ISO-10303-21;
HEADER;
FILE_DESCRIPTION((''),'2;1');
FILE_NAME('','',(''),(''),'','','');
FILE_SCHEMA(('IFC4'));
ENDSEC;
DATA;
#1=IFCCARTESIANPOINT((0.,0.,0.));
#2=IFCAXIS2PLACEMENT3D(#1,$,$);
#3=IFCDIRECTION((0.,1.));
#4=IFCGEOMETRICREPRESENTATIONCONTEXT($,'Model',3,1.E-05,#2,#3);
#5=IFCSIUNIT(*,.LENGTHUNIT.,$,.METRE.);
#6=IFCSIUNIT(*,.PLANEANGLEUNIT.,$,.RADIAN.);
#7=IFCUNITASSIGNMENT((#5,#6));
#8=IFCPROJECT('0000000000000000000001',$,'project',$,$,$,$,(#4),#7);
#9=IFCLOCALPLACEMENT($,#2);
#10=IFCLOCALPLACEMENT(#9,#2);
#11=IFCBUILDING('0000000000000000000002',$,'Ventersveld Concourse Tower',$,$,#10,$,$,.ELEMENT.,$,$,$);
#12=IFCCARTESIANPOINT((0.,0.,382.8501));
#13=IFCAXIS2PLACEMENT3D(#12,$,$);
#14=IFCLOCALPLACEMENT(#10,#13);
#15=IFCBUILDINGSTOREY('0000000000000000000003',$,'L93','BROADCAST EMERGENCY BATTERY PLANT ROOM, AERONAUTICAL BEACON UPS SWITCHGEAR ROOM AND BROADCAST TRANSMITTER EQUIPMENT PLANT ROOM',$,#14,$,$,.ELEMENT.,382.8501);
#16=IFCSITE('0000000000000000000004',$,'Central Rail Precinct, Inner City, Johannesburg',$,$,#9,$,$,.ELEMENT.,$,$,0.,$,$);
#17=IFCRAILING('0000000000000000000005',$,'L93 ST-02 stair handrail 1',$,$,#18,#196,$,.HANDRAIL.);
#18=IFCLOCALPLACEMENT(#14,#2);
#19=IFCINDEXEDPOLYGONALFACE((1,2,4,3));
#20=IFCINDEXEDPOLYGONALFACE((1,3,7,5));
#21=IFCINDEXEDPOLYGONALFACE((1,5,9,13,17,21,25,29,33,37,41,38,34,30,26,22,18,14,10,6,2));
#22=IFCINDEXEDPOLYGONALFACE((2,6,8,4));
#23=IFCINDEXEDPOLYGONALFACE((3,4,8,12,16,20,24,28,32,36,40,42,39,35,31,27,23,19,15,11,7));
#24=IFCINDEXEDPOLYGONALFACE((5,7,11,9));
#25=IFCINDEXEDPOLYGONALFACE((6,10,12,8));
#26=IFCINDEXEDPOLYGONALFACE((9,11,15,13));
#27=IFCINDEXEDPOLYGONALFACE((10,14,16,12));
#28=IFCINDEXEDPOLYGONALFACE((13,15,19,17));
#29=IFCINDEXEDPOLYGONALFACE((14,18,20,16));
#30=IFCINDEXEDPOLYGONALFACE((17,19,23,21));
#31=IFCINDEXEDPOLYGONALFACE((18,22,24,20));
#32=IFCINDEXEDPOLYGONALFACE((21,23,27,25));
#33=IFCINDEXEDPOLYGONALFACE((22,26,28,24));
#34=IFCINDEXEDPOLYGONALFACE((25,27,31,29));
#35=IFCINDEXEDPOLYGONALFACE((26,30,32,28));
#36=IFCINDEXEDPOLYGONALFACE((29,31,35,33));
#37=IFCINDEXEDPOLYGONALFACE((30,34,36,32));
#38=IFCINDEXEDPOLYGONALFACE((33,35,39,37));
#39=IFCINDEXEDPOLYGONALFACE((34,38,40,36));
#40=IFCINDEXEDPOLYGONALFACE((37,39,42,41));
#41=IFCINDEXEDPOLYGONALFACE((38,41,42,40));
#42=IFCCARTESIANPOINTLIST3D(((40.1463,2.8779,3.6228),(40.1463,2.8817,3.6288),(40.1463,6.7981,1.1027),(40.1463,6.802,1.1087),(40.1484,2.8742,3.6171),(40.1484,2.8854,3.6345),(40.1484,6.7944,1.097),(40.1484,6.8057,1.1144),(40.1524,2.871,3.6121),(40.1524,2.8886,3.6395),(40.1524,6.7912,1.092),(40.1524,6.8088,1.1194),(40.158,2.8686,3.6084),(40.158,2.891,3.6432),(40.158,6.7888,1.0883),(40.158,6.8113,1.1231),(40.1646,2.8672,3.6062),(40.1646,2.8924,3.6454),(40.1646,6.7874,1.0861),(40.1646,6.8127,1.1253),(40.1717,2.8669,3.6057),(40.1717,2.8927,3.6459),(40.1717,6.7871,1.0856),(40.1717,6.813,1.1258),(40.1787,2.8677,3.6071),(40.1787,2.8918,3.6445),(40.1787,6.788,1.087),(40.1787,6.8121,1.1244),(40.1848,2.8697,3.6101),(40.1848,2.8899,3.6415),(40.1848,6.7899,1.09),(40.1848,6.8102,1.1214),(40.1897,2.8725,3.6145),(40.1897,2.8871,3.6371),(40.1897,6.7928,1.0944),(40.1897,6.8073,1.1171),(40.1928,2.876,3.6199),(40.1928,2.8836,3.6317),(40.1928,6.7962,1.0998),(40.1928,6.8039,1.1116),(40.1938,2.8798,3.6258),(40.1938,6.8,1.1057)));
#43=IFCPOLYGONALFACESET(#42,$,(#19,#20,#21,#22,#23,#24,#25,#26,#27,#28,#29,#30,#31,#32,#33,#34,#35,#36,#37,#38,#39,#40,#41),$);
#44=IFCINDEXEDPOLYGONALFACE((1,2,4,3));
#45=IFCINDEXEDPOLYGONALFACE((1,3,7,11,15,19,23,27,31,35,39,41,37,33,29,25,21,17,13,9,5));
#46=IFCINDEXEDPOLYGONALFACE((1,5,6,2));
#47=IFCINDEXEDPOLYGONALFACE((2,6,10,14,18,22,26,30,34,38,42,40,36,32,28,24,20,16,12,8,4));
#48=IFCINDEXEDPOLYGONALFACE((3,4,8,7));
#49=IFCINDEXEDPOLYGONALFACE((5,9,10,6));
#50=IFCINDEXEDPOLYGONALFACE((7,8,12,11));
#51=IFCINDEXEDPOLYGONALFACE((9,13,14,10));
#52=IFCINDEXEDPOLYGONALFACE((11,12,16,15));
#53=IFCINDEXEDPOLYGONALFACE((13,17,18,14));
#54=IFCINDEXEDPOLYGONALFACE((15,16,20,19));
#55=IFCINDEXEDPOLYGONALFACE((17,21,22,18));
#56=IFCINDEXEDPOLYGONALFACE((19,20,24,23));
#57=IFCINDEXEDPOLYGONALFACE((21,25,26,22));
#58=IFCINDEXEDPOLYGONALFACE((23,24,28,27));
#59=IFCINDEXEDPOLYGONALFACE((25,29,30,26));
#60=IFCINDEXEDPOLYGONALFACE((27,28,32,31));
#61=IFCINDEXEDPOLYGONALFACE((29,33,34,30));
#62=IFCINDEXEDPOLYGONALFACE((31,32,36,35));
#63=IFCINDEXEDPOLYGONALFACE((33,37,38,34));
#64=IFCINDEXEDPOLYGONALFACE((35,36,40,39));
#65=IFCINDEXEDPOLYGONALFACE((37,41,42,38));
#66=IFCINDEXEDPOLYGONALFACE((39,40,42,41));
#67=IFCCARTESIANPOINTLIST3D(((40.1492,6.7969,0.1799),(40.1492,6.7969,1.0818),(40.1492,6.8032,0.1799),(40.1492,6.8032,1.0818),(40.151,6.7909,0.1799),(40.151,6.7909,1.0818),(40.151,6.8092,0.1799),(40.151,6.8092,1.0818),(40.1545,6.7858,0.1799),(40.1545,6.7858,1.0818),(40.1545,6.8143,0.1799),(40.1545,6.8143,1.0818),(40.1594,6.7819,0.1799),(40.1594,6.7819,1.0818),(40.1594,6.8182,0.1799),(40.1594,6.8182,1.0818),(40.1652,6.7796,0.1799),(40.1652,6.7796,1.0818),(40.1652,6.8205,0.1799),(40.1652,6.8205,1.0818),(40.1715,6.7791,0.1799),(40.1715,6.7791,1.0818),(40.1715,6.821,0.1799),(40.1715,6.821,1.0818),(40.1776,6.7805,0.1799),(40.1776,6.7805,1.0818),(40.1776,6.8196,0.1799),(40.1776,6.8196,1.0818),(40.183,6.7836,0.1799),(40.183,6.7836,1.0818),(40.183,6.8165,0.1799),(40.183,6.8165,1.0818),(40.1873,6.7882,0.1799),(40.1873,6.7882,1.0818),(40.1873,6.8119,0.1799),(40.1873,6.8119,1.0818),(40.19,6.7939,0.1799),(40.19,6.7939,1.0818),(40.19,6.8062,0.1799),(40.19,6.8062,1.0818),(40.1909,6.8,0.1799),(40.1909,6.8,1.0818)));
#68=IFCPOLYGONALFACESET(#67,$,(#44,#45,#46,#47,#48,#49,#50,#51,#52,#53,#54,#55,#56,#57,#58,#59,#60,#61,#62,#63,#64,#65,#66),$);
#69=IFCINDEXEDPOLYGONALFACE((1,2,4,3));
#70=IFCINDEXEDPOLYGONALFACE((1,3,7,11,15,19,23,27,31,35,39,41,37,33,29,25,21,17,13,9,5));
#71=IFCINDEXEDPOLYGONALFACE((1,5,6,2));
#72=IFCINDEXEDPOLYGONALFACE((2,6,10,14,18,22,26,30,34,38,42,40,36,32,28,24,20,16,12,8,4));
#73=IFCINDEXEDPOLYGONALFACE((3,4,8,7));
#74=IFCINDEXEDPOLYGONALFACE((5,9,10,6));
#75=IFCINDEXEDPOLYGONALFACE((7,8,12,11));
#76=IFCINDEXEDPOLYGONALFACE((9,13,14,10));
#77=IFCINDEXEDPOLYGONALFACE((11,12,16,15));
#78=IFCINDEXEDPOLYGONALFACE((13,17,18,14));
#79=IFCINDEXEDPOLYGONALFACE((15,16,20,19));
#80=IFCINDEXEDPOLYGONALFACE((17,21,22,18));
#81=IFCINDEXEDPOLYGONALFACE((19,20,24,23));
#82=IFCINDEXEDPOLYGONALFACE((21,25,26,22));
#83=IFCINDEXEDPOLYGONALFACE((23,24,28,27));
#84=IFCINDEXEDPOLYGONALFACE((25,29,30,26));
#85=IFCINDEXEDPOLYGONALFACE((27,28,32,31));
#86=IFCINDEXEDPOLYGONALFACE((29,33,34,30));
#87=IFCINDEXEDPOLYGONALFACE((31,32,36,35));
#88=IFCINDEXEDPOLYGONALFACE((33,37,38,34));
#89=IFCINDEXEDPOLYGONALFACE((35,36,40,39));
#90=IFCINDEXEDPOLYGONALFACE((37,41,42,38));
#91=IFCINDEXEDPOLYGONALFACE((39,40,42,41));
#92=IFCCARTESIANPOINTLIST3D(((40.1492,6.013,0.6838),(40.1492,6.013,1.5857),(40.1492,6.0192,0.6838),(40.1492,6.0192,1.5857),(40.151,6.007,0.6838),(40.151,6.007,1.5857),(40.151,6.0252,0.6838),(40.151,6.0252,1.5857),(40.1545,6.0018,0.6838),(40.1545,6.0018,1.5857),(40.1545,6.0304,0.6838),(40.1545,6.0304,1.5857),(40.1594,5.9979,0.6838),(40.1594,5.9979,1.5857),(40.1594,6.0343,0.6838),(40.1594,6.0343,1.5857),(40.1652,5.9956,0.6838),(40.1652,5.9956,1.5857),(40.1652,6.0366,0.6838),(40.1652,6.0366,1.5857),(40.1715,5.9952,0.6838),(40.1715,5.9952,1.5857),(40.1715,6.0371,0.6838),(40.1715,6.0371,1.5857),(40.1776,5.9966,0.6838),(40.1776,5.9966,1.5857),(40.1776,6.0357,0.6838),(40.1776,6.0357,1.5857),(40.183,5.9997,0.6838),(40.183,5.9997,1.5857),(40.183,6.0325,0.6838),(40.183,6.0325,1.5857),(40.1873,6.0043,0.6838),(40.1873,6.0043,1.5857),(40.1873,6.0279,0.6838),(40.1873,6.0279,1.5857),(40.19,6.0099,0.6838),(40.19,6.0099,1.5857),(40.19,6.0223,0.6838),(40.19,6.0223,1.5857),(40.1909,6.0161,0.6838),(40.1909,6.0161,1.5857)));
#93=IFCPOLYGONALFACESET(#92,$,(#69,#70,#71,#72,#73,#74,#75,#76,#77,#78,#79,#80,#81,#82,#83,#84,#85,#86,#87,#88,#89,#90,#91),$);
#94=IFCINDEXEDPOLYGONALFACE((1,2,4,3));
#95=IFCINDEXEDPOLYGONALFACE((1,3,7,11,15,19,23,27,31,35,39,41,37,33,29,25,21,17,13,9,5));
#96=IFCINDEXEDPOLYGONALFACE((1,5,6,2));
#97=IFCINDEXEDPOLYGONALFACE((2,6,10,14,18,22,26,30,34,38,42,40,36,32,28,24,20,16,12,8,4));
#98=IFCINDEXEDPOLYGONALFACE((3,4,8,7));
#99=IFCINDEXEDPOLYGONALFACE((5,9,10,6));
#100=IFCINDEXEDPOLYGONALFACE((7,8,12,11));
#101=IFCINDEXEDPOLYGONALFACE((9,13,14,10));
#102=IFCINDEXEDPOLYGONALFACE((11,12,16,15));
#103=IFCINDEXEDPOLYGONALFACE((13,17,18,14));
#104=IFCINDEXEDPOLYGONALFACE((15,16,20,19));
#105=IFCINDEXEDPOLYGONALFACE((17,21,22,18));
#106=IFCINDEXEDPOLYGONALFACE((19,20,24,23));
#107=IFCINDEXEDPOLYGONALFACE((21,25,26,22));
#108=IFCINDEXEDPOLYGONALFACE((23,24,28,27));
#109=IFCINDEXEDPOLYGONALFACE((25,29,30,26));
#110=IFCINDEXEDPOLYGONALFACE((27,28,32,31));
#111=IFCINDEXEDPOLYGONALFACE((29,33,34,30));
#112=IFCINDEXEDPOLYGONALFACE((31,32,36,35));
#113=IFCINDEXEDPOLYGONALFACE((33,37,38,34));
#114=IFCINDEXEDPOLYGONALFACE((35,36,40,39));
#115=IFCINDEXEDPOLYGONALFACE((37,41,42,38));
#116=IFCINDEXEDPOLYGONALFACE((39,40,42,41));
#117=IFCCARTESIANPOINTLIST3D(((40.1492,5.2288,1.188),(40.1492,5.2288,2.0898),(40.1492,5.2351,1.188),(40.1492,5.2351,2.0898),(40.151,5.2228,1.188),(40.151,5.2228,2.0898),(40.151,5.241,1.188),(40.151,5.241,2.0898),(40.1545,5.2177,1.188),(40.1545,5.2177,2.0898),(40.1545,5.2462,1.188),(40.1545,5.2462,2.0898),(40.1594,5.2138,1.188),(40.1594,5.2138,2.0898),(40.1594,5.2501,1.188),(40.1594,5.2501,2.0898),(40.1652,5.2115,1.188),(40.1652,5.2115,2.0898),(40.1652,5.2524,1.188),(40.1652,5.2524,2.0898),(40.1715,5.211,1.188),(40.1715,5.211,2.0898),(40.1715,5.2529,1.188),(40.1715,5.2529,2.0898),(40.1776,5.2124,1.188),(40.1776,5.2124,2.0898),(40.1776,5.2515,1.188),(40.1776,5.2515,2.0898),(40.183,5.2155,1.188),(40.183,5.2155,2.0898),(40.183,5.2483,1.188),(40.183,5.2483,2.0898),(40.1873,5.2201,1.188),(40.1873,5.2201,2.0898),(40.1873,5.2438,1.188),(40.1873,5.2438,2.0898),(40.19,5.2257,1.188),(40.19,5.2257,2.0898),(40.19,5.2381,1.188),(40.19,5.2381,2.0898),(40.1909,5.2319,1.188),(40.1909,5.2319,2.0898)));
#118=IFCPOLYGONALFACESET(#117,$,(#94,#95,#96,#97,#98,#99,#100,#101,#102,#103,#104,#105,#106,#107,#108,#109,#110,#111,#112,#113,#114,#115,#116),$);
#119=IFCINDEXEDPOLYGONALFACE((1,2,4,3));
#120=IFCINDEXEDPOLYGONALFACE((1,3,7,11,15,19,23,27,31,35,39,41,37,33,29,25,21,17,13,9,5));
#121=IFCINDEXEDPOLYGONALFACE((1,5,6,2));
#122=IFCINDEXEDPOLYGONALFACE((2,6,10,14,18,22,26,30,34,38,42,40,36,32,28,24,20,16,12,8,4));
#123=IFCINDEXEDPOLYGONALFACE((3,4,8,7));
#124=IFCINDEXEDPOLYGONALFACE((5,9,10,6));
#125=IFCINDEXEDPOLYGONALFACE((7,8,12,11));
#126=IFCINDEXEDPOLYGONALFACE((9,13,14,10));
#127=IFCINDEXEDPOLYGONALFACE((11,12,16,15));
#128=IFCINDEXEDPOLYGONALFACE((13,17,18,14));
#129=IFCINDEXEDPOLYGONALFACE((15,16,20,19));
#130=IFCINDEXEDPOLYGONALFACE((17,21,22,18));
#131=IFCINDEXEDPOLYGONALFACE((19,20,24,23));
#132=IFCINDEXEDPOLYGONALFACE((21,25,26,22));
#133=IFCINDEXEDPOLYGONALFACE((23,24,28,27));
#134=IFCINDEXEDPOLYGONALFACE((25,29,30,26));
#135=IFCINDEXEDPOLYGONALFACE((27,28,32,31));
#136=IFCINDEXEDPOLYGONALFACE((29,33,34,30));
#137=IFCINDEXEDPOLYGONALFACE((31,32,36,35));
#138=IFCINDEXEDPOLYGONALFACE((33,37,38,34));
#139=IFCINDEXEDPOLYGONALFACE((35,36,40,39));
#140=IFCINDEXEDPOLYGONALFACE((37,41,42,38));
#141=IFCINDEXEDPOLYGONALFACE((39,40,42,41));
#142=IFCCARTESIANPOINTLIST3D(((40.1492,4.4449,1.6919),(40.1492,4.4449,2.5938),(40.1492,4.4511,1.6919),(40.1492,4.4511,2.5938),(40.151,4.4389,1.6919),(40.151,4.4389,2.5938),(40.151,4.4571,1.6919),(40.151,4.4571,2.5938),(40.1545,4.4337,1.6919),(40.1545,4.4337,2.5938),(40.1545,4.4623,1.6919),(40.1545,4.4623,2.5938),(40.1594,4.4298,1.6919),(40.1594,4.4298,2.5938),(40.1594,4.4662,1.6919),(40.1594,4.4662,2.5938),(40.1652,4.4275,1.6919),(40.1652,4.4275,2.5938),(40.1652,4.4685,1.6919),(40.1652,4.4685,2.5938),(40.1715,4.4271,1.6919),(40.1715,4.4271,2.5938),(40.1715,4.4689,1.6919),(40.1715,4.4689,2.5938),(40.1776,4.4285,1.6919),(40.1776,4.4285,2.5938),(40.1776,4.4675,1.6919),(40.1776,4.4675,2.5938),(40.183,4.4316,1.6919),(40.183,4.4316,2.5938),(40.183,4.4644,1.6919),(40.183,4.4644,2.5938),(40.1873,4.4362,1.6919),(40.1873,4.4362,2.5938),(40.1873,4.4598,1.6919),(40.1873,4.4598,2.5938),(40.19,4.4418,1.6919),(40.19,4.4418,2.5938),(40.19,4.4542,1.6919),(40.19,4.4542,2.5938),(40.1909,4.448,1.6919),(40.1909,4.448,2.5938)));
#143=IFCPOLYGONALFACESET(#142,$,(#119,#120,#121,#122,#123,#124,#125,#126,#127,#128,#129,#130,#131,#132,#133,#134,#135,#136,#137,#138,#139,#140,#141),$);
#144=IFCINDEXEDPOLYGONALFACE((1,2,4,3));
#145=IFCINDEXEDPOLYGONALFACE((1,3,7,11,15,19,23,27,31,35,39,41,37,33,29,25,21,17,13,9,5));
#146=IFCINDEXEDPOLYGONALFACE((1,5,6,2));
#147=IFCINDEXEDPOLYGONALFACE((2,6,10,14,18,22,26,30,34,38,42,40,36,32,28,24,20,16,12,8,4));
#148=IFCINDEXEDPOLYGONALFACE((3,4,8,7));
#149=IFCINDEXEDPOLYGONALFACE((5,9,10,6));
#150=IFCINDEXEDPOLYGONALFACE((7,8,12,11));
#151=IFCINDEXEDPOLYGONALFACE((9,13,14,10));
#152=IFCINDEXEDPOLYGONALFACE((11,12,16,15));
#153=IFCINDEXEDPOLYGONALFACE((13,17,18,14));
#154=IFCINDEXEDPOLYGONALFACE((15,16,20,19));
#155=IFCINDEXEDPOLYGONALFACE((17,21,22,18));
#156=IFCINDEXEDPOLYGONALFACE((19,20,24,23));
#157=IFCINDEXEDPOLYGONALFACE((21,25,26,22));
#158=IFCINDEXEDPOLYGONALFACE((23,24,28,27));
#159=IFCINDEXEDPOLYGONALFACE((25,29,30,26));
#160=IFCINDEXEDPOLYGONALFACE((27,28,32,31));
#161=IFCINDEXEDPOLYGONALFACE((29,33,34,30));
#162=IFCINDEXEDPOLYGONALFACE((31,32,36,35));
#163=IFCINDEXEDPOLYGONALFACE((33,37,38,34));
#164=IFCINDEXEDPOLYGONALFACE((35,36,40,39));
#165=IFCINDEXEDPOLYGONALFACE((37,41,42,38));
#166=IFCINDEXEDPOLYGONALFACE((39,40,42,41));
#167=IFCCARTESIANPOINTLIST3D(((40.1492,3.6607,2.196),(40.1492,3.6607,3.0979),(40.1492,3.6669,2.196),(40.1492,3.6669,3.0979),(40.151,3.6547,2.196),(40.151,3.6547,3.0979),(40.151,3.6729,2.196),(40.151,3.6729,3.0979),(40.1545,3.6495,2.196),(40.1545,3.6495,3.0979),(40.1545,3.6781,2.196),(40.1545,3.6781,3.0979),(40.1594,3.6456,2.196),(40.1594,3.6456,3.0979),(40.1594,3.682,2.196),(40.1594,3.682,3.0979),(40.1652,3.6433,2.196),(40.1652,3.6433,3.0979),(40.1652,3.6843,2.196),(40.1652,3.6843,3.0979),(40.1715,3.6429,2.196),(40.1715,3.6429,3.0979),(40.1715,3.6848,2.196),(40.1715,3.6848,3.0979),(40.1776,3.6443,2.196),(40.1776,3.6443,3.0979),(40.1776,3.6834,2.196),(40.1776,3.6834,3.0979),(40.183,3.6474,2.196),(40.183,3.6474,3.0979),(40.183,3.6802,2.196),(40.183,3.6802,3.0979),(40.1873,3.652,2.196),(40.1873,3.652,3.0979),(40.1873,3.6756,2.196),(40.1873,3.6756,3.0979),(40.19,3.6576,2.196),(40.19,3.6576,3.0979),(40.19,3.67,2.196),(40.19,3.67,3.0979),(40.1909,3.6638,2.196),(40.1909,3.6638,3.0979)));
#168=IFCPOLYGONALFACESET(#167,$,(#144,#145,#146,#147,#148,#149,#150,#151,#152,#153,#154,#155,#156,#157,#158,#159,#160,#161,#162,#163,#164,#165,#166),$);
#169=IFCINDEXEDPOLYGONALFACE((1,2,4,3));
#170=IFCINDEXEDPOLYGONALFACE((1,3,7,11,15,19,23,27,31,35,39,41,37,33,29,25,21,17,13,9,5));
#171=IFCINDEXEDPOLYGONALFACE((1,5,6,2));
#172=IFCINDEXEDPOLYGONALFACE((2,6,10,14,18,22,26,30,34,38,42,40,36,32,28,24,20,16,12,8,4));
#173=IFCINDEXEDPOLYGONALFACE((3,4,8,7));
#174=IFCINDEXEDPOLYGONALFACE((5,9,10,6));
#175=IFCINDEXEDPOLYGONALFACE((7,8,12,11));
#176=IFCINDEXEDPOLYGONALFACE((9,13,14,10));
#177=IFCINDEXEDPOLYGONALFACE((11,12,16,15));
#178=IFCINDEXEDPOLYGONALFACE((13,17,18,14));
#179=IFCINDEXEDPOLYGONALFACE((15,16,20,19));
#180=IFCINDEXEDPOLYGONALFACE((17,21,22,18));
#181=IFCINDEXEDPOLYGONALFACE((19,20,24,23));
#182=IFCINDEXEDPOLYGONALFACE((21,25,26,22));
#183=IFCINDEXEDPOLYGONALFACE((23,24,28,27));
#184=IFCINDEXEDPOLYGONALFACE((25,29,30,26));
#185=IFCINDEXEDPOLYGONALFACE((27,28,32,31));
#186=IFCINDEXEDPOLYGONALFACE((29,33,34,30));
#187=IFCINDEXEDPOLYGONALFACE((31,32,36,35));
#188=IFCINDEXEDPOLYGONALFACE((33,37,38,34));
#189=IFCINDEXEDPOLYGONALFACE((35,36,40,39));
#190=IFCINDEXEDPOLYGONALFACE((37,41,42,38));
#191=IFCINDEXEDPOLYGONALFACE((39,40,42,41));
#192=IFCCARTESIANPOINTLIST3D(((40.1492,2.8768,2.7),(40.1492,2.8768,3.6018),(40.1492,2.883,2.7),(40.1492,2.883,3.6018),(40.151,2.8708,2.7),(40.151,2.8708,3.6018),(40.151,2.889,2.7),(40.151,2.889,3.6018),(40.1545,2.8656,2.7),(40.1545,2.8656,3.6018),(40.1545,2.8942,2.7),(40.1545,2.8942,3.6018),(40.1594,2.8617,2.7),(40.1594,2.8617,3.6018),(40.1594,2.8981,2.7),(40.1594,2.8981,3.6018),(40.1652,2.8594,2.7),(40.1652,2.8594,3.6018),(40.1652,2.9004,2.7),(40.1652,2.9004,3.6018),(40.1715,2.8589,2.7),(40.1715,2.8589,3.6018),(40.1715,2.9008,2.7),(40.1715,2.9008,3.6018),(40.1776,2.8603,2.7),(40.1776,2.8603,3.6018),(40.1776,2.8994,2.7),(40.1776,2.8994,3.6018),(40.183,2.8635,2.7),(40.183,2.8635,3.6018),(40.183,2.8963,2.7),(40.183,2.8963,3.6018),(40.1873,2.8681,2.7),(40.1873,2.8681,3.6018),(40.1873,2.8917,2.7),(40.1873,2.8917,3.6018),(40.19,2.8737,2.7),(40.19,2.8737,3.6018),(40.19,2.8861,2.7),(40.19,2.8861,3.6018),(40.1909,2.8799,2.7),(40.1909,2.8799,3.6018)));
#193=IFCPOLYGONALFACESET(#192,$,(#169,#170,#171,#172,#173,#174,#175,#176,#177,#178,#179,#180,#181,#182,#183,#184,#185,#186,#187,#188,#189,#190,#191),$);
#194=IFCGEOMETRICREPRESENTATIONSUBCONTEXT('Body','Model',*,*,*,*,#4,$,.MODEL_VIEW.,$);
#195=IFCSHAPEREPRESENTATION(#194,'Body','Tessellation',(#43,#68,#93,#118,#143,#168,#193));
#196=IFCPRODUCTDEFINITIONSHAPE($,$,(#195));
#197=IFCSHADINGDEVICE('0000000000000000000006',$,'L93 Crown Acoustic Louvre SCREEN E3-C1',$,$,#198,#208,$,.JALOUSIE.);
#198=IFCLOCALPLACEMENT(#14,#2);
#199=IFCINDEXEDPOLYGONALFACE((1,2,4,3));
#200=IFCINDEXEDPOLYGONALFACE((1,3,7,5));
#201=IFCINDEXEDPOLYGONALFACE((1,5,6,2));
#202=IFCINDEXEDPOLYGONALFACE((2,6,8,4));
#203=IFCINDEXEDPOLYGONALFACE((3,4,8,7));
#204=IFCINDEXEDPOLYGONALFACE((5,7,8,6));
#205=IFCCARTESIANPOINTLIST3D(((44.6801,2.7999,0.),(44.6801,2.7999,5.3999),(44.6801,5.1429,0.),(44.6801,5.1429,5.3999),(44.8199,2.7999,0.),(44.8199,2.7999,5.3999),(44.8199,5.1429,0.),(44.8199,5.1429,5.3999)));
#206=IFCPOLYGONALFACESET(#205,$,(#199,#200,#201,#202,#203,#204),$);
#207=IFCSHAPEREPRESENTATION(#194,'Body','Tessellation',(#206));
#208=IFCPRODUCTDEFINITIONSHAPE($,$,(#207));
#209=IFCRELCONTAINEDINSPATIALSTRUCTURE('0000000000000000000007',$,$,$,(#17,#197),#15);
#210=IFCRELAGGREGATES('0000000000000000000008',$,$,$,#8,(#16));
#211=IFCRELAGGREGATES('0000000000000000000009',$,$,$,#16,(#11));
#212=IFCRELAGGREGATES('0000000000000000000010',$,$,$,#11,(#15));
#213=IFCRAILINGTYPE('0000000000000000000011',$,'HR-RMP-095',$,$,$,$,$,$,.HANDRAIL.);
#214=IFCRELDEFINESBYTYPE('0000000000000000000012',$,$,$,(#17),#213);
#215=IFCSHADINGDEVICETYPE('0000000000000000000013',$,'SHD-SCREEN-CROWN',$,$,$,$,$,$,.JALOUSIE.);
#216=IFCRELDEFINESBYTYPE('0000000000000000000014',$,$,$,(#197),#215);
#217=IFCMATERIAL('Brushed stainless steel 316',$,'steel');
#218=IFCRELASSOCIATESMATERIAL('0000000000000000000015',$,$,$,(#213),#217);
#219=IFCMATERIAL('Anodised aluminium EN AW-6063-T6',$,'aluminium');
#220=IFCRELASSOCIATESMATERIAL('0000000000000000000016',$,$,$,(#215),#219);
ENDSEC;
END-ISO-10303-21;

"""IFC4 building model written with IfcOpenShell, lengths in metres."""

from ifc_helpers import new_model, si_unit, direction, frame, origin, origin_2d, place, context, subcontext, project, spatial, rectangle, circle, extrude, material, type_object, element, save


model = new_model("IFC4")

# Units and contexts
model_context = context("Model", 3, precision=1e-05, world=origin(), true_north=direction((0.0, 1.0)))
body_context = subcontext(model_context, "Body", "Model", "MODEL_VIEW")
ifc_project = project(units=[si_unit("LENGTHUNIT", "METRE"), si_unit("PLANEANGLEUNIT", "RADIAN")], contexts=[model_context])

# Site, building, storey
site_placement = place(None, origin())
site = spatial("IfcSite", under=ifc_project, at=site_placement, Name="Central Rail Precinct, Inner City, Johannesburg", CompositionType="ELEMENT", RefElevation=0.0)
building_placement = place(site_placement, origin())
building = spatial("IfcBuilding", under=site, at=building_placement, Name="Ventersveld Concourse Tower", CompositionType="ELEMENT")
storey_placement = place(building_placement, frame((0.0, 0.0, 382.8501)))
storey = spatial("IfcBuildingStorey", under=building, at=storey_placement, Name="L93", Description="BROADCAST EMERGENCY BATTERY PLANT ROOM, AERONAUTICAL BEACON UPS SWITCHGEAR ROOM AND BROADCAST TRANSMITTER EQUIPMENT PLANT ROOM", CompositionType="ELEMENT", Elevation=382.8501)

# Shared definitions
ifc_material_1 = material(Name="Brushed stainless steel 316", Category="steel")

# Railing
railing_type_1 = type_object("IfcRailingType", Name="HR-RMP-095", PredefinedType="HANDRAIL", material=ifc_material_1)
railing_1_placement = place(storey_placement, frame((40.1699, 6.8, 0.1799)))
element("IfcRailing", 1, at=railing_1_placement, inside=storey, type_object=railing_type_1, Name="L93 ST-02 stair handrail 1", PredefinedType="HANDRAIL", context=body_context, shape_type="SweptSolid", body=[
    extrude(circle(Radius=0.0239, at=origin_2d()), frame((0.0, 0.0, 0.9258), z_axis=(0.0, -0.841187, 0.540744), x_axis=(1.0, 0.0, 0.0)), (0.0, 0.0, 1.0), 4.6604),
    extrude(circle(Radius=0.021, at=origin_2d()), origin(), (0.0, 0.0, 1.0), 0.9019),
    extrude(circle(Radius=0.021, at=origin_2d()), frame((0.0, -0.7839, 0.5039)), (0.0, 0.0, 1.0), 0.9019),
    extrude(circle(Radius=0.021, at=origin_2d()), frame((0.0, -1.5681, 1.0081)), (0.0, 0.0, 1.0), 0.9019),
    extrude(circle(Radius=0.021, at=origin_2d()), frame((0.0, -2.3521, 1.512)), (0.0, 0.0, 1.0), 0.9019),
    extrude(circle(Radius=0.021, at=origin_2d()), frame((0.0, -3.1362, 2.0161)), (0.0, 0.0, 1.0), 0.9019),
    extrude(circle(Radius=0.021, at=origin_2d()), frame((0.0, -3.9202, 2.52)), (0.0, 0.0, 1.0), 0.9019),
])

# Shading device
ifc_material_2 = material(Name="Anodised aluminium EN AW-6063-T6", Category="aluminium")
shading_device_type = type_object("IfcShadingDeviceType", Name="SHD-SCREEN-CROWN", PredefinedType="JALOUSIE", material=ifc_material_2)
for number, where, z_axis, x_axis, name in (
    (2, (44.75, 3.9714, 0.0), (0.0, 0.0, 1.0), (0.0, 1.0, 0.0), "L93 Crown Acoustic Louvre SCREEN E3-C1"),
):
    element("IfcShadingDevice", number, at=place(storey_placement, frame(where, z_axis=z_axis, x_axis=x_axis)), inside=storey, type_object=shading_device_type, Name=name, PredefinedType="JALOUSIE", context=body_context, shape_type="SweptSolid", body=[
        extrude(rectangle(XDim=2.343, YDim=0.1399, at=origin_2d()), origin(), (0.0, 0.0, 1.0), 5.3999),
    ])

save(model, "model.ifc")
